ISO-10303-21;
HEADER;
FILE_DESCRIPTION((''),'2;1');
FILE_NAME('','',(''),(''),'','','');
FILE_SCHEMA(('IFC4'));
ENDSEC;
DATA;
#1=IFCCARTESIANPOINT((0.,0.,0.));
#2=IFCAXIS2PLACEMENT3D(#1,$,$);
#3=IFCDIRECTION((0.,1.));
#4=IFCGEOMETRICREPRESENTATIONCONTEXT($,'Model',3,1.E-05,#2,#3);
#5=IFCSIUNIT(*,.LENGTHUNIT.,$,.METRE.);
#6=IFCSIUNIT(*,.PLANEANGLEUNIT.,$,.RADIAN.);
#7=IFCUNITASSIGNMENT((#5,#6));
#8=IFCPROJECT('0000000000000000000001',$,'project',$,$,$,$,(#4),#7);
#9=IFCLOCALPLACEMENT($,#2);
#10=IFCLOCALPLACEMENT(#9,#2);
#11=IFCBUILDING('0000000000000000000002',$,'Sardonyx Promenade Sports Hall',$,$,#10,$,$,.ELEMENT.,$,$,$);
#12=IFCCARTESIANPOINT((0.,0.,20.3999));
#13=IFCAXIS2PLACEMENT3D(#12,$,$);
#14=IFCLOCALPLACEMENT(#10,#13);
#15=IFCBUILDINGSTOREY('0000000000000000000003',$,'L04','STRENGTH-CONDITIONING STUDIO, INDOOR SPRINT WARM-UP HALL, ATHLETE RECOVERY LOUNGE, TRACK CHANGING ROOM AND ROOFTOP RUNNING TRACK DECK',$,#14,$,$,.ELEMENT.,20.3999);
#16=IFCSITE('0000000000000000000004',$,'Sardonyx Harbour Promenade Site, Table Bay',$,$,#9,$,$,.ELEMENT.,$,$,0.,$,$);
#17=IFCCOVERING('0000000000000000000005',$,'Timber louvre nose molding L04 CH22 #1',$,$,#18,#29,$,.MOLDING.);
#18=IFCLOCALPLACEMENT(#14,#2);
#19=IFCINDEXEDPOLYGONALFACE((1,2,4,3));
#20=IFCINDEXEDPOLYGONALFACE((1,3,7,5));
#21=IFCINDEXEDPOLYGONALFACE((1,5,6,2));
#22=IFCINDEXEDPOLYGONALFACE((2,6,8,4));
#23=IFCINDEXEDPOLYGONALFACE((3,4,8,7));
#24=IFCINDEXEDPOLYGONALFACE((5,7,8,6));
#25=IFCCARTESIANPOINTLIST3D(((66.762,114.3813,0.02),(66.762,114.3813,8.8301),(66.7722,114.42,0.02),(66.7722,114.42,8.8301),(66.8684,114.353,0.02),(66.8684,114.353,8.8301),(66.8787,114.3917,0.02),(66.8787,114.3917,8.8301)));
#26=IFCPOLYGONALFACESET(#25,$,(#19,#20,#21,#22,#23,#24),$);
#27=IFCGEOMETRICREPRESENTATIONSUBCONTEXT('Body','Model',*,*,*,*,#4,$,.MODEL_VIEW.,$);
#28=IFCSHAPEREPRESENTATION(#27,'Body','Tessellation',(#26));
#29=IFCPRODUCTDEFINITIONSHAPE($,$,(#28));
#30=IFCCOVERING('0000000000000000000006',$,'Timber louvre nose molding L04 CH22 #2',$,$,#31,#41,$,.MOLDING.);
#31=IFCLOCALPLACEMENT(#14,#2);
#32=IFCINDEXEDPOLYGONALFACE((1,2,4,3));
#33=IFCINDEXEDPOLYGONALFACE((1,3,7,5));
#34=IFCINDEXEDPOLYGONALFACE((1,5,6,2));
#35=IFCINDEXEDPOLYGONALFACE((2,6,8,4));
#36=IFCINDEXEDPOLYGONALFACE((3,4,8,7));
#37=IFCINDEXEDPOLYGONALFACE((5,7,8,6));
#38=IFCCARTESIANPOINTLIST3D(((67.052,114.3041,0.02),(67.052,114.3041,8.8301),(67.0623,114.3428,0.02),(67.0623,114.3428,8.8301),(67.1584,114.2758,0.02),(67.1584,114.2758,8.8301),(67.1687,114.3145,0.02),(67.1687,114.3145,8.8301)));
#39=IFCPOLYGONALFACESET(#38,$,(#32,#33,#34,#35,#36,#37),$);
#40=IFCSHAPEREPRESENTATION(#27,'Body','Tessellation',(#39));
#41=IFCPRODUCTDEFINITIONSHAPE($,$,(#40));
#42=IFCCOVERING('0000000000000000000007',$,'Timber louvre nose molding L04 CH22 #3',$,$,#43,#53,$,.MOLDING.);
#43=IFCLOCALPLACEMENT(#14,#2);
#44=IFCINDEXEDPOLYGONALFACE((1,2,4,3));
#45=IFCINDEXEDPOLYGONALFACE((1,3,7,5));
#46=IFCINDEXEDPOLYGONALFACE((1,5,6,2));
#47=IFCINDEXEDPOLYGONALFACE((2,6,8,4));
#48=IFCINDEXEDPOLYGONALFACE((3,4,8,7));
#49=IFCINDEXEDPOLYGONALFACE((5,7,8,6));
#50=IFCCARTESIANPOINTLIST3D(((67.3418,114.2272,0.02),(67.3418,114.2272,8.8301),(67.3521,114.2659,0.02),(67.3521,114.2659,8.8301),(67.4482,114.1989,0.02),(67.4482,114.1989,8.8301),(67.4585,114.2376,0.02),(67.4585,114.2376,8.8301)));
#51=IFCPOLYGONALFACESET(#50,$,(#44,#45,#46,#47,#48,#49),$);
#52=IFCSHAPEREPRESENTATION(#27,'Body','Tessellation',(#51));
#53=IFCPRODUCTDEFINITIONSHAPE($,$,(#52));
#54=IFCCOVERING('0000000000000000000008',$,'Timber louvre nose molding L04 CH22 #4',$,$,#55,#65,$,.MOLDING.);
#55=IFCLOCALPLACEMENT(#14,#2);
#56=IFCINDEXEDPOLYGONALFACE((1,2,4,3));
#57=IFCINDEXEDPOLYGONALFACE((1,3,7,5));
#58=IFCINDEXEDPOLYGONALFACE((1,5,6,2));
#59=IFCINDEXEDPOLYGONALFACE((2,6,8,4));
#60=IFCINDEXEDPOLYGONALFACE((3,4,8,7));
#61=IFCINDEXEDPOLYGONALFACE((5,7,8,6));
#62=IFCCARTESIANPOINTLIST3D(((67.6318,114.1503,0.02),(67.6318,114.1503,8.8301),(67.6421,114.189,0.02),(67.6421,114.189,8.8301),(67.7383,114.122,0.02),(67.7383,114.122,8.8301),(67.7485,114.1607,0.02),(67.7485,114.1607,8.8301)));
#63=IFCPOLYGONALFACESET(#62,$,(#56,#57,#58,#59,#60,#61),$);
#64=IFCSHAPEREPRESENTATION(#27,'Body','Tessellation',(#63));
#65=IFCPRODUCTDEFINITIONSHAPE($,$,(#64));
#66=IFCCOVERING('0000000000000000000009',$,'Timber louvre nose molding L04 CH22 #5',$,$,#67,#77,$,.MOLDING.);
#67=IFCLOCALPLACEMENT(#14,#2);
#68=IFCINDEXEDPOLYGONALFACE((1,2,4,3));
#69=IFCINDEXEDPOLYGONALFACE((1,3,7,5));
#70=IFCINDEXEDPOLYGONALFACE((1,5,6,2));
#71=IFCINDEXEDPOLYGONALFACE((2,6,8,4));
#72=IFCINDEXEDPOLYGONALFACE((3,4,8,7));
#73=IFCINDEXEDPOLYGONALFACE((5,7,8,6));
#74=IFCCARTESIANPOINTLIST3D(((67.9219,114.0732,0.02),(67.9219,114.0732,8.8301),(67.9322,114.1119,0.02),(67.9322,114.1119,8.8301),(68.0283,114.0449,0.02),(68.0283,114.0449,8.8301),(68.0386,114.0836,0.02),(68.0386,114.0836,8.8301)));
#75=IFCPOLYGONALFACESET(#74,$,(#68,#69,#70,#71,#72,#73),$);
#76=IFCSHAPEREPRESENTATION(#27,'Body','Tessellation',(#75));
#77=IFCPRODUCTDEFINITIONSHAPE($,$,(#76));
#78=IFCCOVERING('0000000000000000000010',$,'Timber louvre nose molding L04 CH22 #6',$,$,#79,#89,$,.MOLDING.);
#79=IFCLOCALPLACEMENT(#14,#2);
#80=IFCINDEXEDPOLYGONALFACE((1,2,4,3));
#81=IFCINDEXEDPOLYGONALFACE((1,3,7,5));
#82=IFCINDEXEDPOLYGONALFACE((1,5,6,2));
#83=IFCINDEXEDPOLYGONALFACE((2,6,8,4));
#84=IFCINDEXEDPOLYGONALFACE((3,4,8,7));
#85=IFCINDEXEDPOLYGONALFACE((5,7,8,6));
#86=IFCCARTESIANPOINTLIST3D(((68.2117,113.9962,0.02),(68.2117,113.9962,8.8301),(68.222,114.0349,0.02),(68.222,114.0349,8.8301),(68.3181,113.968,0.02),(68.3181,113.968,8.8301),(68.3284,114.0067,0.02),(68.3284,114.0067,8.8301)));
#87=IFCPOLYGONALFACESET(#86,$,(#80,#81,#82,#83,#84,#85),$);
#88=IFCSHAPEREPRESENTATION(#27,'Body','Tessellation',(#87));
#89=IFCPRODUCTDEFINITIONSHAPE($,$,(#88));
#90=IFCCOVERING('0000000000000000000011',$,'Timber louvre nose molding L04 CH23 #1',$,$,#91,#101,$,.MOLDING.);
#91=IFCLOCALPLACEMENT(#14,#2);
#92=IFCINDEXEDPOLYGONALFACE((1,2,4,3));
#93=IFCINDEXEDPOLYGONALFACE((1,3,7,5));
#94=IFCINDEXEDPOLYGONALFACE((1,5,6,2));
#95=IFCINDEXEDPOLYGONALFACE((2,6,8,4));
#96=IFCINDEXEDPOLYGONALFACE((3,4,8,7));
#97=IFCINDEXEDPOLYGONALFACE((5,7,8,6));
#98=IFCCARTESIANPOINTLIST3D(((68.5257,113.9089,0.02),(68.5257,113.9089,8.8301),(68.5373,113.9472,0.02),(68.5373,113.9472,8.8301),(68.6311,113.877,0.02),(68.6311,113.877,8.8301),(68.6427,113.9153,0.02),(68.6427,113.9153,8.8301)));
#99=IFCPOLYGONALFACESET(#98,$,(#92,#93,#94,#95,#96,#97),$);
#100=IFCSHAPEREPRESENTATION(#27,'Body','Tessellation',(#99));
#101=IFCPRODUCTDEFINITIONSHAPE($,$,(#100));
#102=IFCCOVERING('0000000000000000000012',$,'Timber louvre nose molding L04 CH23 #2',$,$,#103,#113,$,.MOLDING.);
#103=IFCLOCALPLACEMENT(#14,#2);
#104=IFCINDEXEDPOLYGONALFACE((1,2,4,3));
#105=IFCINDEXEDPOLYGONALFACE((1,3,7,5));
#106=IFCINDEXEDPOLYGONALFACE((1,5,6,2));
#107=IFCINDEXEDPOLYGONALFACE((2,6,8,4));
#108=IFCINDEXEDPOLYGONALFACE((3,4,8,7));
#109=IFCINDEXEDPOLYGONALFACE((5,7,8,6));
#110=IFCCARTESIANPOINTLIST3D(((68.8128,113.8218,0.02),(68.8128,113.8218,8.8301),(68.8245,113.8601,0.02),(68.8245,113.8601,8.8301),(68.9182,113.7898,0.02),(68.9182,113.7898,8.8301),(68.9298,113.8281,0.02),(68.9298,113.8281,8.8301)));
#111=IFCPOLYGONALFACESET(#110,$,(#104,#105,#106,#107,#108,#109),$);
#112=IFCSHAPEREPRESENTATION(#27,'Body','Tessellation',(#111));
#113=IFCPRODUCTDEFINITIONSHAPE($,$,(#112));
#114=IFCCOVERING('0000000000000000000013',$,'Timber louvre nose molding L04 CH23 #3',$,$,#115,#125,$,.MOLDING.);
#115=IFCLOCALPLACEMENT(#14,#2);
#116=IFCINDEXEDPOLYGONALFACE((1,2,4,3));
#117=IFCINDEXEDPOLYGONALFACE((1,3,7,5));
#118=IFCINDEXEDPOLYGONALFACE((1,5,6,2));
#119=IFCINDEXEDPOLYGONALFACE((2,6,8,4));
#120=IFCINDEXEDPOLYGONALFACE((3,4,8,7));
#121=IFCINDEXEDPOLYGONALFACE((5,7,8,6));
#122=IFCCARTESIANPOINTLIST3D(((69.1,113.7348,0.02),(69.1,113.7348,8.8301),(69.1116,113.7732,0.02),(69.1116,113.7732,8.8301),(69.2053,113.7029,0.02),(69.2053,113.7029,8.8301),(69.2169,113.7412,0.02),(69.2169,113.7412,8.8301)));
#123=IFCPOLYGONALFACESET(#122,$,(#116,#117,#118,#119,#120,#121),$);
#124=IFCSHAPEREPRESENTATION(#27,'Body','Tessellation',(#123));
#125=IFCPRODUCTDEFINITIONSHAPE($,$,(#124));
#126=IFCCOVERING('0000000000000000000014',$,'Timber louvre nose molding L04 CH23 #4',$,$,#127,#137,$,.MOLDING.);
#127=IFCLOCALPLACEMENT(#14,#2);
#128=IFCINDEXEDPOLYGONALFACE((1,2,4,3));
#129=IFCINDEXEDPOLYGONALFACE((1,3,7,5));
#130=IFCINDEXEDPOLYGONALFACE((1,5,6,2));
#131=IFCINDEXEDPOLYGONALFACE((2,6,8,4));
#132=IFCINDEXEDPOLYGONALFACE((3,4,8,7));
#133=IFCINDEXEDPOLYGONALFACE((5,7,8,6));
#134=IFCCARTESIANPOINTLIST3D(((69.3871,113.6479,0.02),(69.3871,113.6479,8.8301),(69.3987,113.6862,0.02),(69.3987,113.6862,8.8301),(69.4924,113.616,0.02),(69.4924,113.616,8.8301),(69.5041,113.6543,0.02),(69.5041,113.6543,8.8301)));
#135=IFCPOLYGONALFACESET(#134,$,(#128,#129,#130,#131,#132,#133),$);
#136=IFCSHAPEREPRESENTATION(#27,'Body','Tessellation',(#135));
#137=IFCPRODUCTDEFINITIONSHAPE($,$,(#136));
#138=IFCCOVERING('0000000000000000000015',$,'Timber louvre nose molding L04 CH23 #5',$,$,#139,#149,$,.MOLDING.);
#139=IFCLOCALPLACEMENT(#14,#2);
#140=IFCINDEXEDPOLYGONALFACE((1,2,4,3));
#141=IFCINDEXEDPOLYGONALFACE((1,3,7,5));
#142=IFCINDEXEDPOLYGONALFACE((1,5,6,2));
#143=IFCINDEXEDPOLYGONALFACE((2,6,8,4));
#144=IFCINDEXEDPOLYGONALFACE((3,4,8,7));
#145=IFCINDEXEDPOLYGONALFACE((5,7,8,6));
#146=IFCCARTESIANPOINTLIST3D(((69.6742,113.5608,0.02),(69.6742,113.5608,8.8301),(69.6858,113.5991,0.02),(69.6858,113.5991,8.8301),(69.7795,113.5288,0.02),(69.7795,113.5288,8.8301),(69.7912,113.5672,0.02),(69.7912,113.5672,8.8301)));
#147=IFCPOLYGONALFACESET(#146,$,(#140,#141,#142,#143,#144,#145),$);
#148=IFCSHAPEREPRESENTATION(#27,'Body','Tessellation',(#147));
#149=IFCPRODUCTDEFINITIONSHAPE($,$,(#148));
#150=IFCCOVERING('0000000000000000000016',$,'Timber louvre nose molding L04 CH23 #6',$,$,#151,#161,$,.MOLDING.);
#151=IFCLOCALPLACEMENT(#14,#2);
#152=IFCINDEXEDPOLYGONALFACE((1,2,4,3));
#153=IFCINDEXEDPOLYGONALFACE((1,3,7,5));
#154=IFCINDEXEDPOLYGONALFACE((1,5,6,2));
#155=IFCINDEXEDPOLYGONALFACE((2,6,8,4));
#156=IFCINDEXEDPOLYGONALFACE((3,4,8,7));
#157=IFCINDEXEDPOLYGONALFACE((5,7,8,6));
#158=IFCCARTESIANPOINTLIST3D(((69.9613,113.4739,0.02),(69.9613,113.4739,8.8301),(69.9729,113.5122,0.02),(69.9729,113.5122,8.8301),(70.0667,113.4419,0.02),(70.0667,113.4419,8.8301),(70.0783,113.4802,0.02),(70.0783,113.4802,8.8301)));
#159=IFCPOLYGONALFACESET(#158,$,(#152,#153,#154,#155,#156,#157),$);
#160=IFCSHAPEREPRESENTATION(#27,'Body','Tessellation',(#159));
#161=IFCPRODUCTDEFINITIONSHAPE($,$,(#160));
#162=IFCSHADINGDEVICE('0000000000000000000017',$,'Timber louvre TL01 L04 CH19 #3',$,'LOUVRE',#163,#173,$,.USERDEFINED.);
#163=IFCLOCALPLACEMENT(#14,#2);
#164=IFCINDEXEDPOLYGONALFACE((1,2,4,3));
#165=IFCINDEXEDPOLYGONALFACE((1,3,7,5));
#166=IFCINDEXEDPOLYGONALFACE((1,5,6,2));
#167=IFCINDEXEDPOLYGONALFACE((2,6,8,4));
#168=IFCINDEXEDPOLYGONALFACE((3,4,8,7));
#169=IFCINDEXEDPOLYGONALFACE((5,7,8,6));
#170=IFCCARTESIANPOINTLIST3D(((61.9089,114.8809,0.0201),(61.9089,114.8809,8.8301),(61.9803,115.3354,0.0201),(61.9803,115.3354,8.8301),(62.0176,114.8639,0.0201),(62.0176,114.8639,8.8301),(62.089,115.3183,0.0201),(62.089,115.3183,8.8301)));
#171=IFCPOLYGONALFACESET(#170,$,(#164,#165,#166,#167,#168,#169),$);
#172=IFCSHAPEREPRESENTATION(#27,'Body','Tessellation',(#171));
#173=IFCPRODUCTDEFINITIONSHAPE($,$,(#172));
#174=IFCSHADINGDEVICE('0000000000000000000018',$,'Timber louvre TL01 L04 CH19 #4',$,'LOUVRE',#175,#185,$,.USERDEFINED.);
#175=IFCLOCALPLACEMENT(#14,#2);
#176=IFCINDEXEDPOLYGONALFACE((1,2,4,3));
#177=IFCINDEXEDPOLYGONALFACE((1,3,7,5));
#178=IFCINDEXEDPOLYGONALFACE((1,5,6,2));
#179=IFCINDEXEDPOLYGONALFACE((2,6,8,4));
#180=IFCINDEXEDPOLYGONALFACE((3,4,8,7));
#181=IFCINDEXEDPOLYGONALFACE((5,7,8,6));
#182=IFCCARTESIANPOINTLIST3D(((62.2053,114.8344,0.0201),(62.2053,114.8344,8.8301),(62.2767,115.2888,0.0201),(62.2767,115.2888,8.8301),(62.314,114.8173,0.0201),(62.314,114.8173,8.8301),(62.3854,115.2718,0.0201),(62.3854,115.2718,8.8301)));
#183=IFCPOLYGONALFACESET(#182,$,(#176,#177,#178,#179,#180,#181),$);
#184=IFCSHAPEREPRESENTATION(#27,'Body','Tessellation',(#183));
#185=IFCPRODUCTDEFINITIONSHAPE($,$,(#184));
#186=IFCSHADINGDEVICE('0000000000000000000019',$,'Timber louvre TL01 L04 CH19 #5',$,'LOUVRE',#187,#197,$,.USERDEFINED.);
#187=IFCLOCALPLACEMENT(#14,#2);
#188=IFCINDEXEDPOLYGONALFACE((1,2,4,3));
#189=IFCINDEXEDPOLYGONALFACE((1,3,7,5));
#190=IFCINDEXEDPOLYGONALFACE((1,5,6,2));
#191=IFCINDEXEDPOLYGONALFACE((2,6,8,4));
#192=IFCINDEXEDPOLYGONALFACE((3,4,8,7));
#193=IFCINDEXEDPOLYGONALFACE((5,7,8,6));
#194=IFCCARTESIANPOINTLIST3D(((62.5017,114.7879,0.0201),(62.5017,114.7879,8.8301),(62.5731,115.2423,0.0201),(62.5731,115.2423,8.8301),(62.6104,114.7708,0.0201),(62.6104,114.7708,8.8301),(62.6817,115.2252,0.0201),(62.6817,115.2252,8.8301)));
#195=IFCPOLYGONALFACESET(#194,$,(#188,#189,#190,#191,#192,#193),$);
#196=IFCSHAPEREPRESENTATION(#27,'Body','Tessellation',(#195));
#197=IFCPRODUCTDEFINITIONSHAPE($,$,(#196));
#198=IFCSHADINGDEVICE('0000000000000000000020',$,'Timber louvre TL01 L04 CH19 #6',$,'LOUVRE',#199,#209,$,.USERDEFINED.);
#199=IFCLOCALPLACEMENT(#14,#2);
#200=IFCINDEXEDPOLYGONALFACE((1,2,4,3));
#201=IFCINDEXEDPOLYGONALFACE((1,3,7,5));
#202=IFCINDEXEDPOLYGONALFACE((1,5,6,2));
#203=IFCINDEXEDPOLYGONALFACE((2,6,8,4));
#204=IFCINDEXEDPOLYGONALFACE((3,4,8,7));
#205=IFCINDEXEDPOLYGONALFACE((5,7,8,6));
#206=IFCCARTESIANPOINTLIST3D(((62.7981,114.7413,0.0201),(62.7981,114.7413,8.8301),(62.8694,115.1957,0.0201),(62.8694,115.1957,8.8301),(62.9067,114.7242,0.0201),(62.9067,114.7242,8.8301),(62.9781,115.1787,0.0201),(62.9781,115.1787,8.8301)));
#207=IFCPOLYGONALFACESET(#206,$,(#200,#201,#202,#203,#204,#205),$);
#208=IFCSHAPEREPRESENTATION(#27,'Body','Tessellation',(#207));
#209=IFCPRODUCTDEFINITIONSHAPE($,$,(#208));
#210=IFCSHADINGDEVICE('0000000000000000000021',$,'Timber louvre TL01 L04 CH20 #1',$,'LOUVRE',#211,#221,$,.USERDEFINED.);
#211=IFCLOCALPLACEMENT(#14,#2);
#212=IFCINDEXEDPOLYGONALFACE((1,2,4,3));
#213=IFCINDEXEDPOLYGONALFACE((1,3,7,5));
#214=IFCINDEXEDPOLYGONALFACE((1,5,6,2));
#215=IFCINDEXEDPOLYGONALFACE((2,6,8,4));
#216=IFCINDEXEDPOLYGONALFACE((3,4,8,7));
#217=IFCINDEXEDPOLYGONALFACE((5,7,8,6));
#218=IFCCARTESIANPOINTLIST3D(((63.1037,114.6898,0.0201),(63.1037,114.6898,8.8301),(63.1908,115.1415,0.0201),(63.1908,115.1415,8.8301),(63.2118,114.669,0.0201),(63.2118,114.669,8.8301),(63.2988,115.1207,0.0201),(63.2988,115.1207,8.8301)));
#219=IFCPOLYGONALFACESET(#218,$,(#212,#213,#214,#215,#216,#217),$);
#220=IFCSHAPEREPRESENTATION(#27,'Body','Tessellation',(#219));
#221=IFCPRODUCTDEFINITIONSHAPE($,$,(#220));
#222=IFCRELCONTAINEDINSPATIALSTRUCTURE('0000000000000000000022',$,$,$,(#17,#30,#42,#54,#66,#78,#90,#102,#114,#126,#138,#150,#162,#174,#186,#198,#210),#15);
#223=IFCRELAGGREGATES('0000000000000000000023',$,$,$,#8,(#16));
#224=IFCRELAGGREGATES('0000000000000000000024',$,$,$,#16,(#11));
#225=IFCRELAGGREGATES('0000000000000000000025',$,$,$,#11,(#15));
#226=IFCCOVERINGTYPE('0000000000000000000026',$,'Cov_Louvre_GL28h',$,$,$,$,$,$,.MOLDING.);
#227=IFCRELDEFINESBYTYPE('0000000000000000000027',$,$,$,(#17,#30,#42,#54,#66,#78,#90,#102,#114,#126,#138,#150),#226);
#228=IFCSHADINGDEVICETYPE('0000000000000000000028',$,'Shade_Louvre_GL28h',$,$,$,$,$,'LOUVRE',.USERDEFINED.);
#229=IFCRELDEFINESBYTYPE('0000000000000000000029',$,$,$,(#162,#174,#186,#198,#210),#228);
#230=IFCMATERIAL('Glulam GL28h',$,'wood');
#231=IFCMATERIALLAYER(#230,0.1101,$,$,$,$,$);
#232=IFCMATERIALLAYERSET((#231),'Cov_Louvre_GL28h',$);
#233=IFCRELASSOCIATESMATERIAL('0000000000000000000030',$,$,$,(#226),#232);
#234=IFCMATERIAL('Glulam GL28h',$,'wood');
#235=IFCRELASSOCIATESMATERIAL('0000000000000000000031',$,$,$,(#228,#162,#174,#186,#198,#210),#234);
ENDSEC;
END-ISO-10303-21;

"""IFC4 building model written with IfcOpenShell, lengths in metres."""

from ifc_helpers import new_model, si_unit, direction, frame, origin, origin_2d, place, context, subcontext, project, spatial, rectangle, extrude, material, layer, layer_set, type_object, element, save


model = new_model("IFC4")

# Units and contexts
model_context = context("Model", 3, precision=1e-05, world=origin(), true_north=direction((0.0, 1.0)))
body_context = subcontext(model_context, "Body", "Model", "MODEL_VIEW")
ifc_project = project(units=[si_unit("LENGTHUNIT", "METRE"), si_unit("PLANEANGLEUNIT", "RADIAN")], contexts=[model_context])

# Site, building, storey
site_placement = place(None, origin())
site = spatial("IfcSite", under=ifc_project, at=site_placement, Name="Sardonyx Harbour Promenade Site, Table Bay", CompositionType="ELEMENT", RefElevation=0.0)
building_placement = place(site_placement, origin())
building = spatial("IfcBuilding", under=site, at=building_placement, Name="Sardonyx Promenade Sports Hall", CompositionType="ELEMENT")
storey_placement = place(building_placement, frame((0.0, 0.0, 20.3999)))
storey = spatial("IfcBuildingStorey", under=building, at=storey_placement, Name="L04", Description="STRENGTH-CONDITIONING STUDIO, INDOOR SPRINT WARM-UP HALL, ATHLETE RECOVERY LOUNGE, TRACK CHANGING ROOM AND ROOFTOP RUNNING TRACK DECK", CompositionType="ELEMENT", Elevation=20.3999)

# Coverings
ifc_material_1 = material(Name="Glulam GL28h", Category="wood")
ifc_layer_1 = layer(ifc_material_1, 0.1101)
ifc_layer_set_1 = layer_set([ifc_layer_1], Name="Cov_Louvre_GL28h")
covering_type = type_object("IfcCoveringType", Name="Cov_Louvre_GL28h", PredefinedType="MOLDING", material=ifc_layer_set_1)
for number, where, z_axis, x_axis, name in (
    (1, (66.8203, 114.3865, 0.02), (0.0, 0.0, 1.0), (0.966485, -0.256721, 0.0), "Timber louvre nose molding L04 CH22 #1"),
    (2, (67.1104, 114.3093, 0.02), (0.0, 0.0, 1.0), (0.966485, -0.256721, 0.0), "Timber louvre nose molding L04 CH22 #2"),
    (3, (67.4001, 114.2324, 0.02), (0.0, 0.0, 1.0), (0.966485, -0.256721, 0.0), "Timber louvre nose molding L04 CH22 #3"),
    (4, (67.6902, 114.1555, 0.02), (0.0, 0.0, 1.0), (0.966485, -0.256721, 0.0), "Timber louvre nose molding L04 CH22 #4"),
    (5, (67.9802, 114.0784, 0.02), (0.0, 0.0, 1.0), (0.966485, -0.256721, 0.0), "Timber louvre nose molding L04 CH22 #5"),
    (6, (68.27, 114.0015, 0.02), (0.0, 0.0, 1.0), (0.966485, -0.256721, 0.0), "Timber louvre nose molding L04 CH22 #6"),
    (7, (68.5842, 113.9121, 0.02), (0.0, 0.0, 1.0), (0.957021, -0.290017, 0.0), "Timber louvre nose molding L04 CH23 #1"),
    (8, (68.8713, 113.825, 0.02), (0.0, 0.0, 1.0), (0.957021, -0.290017, 0.0), "Timber louvre nose molding L04 CH23 #2"),
    (9, (69.1584, 113.738, 0.02), (0.0, 0.0, 1.0), (0.957021, -0.290017, 0.0), "Timber louvre nose molding L04 CH23 #3"),
    (10, (69.4456, 113.6511, 0.02), (0.0, 0.0, 1.0), (0.957021, -0.290017, 0.0), "Timber louvre nose molding L04 CH23 #4"),
    (11, (69.7327, 113.564, 0.02), (0.0, 0.0, 1.0), (0.957021, -0.290017, 0.0), "Timber louvre nose molding L04 CH23 #5"),
    (12, (70.0198, 113.4771, 0.02), (0.0, 0.0, 1.0), (0.957021, -0.290017, 0.0), "Timber louvre nose molding L04 CH23 #6"),
):
    element("IfcCovering", number, at=place(storey_placement, frame(where, z_axis=z_axis, x_axis=x_axis)), inside=storey, type_object=covering_type, Name=name, PredefinedType="MOLDING", context=body_context, shape_type="SweptSolid", body=[
        extrude(rectangle(XDim=0.1101, YDim=0.04, at=origin_2d()), origin(), (0.0, 0.0, 1.0), 8.8101),
    ])

# Shading devices
ifc_material_2 = material(Name="Glulam GL28h", Category="wood")
shading_device_type = type_object("IfcShadingDeviceType", Name="Shade_Louvre_GL28h", ElementType="LOUVRE", PredefinedType="USERDEFINED", material=ifc_material_2)
for number, where, z_axis, x_axis, name in (
    (13, (61.999, 115.0996, 0.0201), (0.0, 0.0, 1.0), (0.987891, -0.155148, 0.0), "Timber louvre TL01 L04 CH19 #3"),
    (14, (62.2953, 115.0531, 0.0201), (0.0, 0.0, 1.0), (0.987891, -0.155148, 0.0), "Timber louvre TL01 L04 CH19 #4"),
    (15, (62.5917, 115.0065, 0.0201), (0.0, 0.0, 1.0), (0.987891, -0.155148, 0.0), "Timber louvre TL01 L04 CH19 #5"),
    (16, (62.8881, 114.96, 0.0201), (0.0, 0.0, 1.0), (0.987891, -0.155148, 0.0), "Timber louvre TL01 L04 CH19 #6"),
    (17, (63.2013, 114.9052, 0.0201), (0.0, 0.0, 1.0), (0.98193, -0.189246, 0.0), "Timber louvre TL01 L04 CH20 #1"),
):
    element("IfcShadingDevice", number, at=place(storey_placement, frame(where, z_axis=z_axis, x_axis=x_axis)), inside=storey, type_object=shading_device_type, material=ifc_material_2, Name=name, ObjectType="LOUVRE", PredefinedType="USERDEFINED", context=body_context, shape_type="SweptSolid", body=[
        extrude(rectangle(XDim=0.11, YDim=0.46), origin(), (0.0, 0.0, 1.0), 8.81),
    ])

save(model, "model.ifc")
